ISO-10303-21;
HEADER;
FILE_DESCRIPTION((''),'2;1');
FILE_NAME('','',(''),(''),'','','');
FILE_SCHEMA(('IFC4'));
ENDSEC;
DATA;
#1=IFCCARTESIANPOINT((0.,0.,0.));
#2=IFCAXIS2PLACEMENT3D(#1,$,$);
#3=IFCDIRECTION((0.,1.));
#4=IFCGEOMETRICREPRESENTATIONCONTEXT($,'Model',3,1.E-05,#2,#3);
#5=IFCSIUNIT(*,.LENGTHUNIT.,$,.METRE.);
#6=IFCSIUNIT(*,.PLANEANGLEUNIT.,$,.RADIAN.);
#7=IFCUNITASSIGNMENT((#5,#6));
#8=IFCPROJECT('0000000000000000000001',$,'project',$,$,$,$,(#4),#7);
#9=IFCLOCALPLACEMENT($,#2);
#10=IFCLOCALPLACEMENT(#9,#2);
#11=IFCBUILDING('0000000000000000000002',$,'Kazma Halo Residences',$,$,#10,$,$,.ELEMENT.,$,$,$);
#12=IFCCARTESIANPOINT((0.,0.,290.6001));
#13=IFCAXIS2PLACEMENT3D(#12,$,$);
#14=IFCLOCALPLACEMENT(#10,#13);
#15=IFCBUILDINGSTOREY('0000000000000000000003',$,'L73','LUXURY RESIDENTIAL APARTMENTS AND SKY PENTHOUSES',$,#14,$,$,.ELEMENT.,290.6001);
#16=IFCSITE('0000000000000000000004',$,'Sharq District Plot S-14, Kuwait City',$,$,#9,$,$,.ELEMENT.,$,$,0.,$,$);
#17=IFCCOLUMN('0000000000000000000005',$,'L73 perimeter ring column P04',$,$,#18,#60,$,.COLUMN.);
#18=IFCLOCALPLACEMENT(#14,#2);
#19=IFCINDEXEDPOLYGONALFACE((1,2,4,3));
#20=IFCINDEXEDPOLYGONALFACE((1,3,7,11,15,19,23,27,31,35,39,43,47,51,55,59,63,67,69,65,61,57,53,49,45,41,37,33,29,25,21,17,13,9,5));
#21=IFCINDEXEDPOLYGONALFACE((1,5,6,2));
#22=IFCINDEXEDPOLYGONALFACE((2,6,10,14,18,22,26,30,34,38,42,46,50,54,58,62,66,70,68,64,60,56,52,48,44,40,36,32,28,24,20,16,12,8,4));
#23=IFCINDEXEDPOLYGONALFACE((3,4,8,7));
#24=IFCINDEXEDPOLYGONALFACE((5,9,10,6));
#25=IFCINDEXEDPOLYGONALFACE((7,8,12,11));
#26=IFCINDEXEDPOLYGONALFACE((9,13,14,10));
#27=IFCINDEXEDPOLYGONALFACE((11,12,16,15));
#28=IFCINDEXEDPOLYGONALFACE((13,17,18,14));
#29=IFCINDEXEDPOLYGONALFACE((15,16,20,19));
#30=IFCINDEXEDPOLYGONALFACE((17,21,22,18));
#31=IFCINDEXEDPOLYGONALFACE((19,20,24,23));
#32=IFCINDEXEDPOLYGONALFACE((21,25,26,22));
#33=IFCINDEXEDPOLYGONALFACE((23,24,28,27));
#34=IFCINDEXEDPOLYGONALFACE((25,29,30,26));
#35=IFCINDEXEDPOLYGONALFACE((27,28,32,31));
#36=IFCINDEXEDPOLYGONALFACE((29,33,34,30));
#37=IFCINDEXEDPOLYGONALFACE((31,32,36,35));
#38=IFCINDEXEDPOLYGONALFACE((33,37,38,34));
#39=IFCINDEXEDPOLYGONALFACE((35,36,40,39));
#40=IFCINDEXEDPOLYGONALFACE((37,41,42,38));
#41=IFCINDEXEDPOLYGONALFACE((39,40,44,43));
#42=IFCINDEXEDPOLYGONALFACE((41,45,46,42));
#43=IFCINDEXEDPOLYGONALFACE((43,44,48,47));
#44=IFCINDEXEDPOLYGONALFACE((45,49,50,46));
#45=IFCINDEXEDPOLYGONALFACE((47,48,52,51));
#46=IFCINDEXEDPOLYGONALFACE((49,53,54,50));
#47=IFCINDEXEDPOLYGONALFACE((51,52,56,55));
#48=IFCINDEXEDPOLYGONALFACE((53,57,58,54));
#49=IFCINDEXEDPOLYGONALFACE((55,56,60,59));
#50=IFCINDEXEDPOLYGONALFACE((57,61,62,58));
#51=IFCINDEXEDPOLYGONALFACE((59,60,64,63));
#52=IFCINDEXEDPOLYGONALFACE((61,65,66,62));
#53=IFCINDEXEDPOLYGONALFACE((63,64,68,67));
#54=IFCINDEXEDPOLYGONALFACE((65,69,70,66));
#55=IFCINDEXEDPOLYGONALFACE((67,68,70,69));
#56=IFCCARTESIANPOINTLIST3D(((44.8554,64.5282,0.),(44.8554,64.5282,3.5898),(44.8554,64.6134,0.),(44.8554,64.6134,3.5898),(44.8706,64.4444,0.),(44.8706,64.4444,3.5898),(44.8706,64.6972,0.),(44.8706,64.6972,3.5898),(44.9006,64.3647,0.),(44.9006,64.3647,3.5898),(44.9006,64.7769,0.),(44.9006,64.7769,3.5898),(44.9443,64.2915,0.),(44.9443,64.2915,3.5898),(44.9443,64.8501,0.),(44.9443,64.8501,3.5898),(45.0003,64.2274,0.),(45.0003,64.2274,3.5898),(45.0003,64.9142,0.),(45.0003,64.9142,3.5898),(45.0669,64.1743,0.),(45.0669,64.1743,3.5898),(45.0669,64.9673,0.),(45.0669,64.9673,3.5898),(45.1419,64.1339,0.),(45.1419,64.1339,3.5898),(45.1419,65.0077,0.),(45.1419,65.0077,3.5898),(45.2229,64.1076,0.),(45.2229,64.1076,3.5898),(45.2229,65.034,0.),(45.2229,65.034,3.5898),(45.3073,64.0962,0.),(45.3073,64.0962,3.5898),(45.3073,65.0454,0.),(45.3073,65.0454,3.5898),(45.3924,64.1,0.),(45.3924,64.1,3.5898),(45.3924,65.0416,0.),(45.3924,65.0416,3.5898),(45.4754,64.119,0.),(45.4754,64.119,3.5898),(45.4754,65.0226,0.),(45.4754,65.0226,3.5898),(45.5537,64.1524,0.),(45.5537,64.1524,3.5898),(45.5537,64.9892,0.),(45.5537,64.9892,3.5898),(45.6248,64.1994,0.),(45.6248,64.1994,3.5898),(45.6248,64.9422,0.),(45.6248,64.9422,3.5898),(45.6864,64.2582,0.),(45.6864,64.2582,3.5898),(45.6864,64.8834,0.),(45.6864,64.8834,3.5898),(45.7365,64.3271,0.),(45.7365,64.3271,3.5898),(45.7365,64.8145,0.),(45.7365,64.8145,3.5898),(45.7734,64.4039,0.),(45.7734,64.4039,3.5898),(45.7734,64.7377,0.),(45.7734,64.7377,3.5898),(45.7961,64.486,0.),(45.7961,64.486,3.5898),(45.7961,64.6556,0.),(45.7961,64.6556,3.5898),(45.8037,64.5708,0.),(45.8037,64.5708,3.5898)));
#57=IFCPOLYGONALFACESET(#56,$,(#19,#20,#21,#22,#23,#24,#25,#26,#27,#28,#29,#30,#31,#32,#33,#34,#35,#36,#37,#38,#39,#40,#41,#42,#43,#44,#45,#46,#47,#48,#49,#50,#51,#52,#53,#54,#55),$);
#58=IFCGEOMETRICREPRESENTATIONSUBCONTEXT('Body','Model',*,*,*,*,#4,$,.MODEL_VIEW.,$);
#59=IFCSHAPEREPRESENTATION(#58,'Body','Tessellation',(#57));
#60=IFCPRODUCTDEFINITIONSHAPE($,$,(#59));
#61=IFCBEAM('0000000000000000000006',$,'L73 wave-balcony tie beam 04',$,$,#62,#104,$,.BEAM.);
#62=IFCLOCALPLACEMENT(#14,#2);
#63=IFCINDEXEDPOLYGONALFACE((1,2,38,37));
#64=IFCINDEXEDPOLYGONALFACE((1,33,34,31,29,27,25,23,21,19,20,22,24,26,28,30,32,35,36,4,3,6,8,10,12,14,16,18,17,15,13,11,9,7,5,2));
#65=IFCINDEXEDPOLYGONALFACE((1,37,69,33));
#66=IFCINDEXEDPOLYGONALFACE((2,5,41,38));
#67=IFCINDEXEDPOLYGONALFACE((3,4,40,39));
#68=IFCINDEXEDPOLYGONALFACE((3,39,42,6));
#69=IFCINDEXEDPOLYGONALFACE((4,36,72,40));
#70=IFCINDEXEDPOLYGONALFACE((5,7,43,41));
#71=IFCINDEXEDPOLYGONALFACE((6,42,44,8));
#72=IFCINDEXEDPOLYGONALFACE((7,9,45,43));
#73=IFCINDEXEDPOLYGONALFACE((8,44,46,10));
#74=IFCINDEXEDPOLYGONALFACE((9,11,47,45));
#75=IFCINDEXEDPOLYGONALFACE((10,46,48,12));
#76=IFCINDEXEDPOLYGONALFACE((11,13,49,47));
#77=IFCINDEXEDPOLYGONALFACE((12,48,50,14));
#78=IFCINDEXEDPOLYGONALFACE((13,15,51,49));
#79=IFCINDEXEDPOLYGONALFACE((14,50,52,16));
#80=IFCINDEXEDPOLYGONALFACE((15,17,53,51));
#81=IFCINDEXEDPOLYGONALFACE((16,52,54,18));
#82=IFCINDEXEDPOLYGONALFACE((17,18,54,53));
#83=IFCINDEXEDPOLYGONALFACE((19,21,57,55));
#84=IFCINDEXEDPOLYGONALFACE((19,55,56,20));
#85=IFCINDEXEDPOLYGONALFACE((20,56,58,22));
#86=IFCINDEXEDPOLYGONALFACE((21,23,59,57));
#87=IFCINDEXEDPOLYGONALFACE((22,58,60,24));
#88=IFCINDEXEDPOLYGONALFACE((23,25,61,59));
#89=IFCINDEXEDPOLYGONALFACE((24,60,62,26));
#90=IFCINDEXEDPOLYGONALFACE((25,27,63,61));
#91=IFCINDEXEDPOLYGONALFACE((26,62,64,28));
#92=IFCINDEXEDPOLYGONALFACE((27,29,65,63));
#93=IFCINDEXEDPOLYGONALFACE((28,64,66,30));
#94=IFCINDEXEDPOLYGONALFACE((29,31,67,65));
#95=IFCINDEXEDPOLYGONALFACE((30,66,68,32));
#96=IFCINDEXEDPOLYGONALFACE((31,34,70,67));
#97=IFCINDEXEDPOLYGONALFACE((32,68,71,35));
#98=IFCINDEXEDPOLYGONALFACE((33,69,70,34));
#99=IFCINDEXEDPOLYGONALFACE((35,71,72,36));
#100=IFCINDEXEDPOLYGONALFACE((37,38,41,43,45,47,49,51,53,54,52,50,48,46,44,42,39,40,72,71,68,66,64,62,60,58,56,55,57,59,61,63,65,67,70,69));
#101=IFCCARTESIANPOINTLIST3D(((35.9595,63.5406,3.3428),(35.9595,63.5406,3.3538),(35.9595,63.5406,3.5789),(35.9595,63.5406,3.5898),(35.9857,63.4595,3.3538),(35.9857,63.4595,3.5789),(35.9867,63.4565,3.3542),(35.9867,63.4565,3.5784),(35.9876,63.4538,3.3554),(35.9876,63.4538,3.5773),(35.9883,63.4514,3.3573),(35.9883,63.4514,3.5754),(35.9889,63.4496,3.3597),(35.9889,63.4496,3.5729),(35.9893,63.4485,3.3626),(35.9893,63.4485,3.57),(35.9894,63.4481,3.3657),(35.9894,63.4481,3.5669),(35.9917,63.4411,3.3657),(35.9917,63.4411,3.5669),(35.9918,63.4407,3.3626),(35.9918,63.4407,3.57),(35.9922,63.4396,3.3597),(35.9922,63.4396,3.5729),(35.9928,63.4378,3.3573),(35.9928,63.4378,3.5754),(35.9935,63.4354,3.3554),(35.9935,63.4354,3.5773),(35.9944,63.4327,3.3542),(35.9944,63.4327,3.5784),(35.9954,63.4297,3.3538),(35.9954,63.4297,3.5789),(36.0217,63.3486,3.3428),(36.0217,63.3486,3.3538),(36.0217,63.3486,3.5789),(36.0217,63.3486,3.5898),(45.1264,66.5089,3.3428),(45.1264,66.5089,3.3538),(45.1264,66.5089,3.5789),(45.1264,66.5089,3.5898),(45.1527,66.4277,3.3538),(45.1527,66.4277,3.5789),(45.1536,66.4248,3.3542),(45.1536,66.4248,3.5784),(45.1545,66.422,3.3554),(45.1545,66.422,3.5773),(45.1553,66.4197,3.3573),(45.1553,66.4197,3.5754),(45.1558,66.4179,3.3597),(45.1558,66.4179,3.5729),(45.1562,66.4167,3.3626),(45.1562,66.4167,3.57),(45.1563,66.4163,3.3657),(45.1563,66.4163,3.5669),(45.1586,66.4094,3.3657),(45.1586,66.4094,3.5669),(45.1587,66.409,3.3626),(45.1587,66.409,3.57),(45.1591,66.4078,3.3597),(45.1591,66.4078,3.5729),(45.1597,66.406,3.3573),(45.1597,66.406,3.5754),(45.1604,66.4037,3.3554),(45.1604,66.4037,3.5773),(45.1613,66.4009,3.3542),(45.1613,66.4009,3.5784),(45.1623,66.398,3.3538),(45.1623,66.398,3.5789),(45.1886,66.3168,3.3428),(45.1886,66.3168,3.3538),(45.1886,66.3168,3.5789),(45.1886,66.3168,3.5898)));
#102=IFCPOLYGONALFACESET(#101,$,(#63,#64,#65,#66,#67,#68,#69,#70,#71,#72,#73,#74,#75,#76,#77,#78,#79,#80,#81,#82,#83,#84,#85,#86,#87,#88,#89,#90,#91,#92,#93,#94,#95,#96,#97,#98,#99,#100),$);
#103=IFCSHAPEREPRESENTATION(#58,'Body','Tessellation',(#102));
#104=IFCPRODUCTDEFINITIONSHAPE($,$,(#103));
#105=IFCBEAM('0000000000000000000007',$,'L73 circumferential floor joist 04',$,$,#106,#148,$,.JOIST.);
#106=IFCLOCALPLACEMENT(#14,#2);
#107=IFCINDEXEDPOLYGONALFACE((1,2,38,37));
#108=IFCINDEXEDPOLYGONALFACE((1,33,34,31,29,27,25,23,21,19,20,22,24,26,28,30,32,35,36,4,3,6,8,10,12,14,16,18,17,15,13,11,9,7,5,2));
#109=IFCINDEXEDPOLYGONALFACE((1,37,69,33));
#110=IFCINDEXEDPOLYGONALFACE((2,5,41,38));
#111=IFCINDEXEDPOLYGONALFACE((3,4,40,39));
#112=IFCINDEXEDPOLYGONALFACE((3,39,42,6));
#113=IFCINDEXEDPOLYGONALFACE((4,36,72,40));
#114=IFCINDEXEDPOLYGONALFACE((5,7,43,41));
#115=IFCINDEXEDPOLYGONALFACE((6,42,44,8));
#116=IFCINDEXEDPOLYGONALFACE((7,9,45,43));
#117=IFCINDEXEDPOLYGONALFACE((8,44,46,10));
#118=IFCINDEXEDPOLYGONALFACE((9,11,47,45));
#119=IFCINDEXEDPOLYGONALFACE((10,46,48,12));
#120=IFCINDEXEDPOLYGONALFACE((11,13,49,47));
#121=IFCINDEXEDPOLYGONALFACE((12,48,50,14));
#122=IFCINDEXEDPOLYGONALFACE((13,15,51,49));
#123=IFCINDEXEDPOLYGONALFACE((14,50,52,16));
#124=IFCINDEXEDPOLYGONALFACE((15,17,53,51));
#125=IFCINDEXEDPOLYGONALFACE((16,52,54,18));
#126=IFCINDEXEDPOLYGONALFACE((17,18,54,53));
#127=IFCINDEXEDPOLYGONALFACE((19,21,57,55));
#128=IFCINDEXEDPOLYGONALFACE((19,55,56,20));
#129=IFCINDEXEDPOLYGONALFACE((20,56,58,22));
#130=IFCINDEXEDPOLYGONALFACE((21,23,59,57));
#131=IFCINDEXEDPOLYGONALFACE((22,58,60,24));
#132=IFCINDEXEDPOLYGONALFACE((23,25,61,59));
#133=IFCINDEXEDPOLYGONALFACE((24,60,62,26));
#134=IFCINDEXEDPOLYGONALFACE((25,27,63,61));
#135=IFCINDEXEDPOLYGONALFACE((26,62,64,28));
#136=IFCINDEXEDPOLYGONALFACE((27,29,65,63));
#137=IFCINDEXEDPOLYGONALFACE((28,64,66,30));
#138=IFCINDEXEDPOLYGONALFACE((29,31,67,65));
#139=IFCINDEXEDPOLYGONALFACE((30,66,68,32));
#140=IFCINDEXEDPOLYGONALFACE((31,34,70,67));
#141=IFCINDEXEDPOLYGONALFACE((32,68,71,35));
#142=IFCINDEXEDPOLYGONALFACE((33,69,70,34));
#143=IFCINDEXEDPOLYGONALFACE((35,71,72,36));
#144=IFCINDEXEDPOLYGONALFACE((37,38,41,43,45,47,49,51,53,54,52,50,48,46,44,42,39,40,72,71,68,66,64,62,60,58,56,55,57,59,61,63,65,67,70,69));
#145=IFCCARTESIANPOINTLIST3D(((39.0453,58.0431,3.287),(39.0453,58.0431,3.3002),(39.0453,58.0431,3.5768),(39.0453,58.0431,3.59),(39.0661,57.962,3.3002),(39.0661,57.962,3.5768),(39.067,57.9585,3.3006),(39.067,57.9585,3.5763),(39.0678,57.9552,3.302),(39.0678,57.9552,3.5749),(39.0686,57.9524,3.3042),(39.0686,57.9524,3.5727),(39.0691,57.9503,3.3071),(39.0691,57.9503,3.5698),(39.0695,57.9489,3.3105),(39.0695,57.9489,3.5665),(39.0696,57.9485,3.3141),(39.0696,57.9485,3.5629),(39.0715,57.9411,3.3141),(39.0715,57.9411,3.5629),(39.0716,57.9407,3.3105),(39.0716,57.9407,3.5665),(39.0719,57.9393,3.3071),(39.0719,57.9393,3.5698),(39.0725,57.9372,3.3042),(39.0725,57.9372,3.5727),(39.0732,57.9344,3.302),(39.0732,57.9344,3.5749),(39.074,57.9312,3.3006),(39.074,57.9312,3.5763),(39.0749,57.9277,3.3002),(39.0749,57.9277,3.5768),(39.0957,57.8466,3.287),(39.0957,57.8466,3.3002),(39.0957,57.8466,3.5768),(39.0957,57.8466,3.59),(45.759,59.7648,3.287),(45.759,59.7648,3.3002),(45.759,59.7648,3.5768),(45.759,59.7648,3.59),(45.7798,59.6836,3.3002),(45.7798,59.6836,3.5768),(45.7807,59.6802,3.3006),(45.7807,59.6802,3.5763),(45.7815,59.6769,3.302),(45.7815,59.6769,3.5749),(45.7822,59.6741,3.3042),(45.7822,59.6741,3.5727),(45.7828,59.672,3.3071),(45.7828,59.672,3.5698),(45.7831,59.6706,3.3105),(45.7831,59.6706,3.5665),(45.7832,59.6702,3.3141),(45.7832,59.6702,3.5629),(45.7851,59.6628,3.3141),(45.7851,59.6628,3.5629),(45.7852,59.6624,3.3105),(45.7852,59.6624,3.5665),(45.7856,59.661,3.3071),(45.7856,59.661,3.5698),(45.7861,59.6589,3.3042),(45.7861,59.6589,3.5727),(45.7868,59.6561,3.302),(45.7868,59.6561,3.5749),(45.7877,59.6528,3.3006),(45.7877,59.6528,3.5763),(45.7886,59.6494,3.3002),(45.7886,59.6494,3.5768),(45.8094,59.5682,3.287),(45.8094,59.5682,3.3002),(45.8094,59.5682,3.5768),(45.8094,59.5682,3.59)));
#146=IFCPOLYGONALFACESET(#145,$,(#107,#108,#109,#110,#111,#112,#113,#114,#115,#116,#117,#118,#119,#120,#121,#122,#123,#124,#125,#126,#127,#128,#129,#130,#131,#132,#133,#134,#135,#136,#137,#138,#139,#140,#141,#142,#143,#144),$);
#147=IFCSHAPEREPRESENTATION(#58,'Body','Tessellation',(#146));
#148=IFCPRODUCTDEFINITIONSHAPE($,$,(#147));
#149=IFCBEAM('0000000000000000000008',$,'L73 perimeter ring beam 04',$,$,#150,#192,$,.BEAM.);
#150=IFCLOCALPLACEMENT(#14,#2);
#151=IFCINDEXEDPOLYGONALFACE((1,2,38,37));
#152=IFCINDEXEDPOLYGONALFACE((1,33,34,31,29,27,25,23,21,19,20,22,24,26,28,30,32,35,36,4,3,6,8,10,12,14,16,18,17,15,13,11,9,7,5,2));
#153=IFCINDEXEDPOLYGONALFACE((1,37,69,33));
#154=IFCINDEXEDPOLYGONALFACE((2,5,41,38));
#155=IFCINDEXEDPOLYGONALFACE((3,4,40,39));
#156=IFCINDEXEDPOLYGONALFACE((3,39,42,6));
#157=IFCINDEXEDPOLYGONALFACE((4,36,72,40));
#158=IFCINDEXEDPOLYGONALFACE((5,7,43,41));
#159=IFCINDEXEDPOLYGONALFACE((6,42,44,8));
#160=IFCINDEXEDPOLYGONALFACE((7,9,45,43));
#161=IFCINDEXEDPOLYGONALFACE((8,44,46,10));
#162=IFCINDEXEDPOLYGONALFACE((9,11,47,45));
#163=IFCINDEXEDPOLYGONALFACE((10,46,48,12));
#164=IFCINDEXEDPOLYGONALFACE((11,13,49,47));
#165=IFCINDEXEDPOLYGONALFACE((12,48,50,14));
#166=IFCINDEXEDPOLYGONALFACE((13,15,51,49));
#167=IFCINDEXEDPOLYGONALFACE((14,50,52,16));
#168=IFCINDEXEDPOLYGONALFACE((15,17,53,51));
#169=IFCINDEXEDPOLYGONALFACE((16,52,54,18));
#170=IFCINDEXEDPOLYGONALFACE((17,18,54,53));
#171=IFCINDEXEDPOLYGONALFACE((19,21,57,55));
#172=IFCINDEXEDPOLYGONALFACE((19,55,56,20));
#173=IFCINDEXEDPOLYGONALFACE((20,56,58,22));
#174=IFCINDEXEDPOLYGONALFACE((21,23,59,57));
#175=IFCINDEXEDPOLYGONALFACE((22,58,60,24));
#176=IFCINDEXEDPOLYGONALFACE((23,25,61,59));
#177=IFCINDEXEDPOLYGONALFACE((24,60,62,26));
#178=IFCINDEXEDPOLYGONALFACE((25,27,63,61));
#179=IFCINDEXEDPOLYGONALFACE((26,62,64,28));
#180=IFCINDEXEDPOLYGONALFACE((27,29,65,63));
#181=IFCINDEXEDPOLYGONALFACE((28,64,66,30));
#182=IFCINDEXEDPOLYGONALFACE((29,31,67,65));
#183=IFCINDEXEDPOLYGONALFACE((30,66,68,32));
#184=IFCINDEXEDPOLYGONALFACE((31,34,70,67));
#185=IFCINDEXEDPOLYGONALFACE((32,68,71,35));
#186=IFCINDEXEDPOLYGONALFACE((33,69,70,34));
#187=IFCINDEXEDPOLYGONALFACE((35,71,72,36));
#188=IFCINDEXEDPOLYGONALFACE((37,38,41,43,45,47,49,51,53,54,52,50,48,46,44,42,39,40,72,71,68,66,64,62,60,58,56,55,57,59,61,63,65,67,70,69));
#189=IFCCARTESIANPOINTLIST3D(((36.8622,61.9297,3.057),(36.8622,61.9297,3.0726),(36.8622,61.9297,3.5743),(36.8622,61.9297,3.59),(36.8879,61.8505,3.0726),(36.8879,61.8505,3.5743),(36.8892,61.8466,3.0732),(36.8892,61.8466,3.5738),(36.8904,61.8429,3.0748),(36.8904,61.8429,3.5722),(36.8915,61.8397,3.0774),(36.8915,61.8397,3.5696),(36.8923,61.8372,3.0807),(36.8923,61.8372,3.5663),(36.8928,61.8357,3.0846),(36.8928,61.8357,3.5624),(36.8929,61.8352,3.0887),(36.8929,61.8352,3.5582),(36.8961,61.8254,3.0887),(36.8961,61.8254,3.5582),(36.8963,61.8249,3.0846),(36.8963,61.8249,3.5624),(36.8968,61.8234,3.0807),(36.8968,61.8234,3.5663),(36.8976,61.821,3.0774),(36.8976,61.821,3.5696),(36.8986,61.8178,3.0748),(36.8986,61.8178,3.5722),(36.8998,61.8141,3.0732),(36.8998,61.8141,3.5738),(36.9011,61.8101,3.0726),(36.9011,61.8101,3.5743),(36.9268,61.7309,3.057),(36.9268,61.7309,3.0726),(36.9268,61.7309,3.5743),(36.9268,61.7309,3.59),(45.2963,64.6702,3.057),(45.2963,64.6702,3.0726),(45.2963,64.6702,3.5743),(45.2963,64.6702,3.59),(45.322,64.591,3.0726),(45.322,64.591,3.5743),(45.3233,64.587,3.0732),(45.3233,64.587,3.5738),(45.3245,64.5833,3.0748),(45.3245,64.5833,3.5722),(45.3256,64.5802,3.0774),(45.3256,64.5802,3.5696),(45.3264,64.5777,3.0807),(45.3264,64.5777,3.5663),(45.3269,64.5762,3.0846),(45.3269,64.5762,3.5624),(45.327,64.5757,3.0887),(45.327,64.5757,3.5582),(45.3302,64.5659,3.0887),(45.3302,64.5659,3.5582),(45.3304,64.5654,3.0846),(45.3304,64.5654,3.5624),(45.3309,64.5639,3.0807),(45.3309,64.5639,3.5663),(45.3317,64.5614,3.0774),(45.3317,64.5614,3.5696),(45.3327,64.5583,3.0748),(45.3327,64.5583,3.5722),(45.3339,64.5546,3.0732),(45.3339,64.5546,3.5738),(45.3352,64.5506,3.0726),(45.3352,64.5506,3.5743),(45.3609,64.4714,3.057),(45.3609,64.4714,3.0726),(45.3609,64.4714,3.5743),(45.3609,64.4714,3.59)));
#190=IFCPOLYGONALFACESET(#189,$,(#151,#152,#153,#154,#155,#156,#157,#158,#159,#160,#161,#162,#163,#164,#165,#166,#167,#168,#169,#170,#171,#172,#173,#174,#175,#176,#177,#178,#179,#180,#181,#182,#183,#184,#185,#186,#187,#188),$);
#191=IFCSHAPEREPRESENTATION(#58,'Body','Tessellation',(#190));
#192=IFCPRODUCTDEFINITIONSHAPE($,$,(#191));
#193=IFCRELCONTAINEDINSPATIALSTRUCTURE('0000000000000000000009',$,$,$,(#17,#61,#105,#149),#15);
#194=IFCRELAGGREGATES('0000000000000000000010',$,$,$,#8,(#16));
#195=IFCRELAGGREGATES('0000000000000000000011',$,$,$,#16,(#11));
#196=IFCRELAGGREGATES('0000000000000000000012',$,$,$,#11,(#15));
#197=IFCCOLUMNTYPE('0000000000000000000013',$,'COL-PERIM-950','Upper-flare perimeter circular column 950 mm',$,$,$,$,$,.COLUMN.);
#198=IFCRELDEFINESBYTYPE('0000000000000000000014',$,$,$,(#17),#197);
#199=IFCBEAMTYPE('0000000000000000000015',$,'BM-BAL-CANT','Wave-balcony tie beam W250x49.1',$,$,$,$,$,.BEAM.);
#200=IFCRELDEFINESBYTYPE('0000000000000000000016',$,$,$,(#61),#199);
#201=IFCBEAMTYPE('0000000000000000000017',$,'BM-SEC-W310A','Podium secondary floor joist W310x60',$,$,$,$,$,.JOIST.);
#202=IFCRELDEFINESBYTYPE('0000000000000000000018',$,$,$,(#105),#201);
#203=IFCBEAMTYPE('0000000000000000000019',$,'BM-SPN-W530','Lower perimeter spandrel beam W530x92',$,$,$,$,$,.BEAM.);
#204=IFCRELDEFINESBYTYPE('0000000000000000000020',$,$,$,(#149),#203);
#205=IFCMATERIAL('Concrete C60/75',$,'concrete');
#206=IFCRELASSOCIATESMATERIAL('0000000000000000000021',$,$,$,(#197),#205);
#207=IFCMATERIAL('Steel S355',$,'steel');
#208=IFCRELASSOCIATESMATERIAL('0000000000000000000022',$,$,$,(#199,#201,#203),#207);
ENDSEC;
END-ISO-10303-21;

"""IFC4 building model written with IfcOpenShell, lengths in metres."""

from ifc_helpers import new_model, si_unit, direction, frame, origin, origin_2d, place, context, subcontext, project, spatial, circle, i_section, extrude, material, material_profile, profile_set, type_object, element, save


model = new_model("IFC4")

# Units and contexts
model_context = context("Model", 3, precision=1e-05, world=origin(), true_north=direction((0.0, 1.0)))
body_context = subcontext(model_context, "Body", "Model", "MODEL_VIEW")
ifc_project = project(units=[si_unit("LENGTHUNIT", "METRE"), si_unit("PLANEANGLEUNIT", "RADIAN")], contexts=[model_context])

# Site, building, storey
site_placement = place(None, origin())
site = spatial("IfcSite", under=ifc_project, at=site_placement, Name="Sharq District Plot S-14, Kuwait City", CompositionType="ELEMENT", RefElevation=0.0)
building_placement = place(site_placement, origin())
building = spatial("IfcBuilding", under=site, at=building_placement, Name="Kazma Halo Residences", CompositionType="ELEMENT")
storey_placement = place(building_placement, frame((0.0, 0.0, 290.6001)))
storey = spatial("IfcBuildingStorey", under=building, at=storey_placement, Name="L73", Description="LUXURY RESIDENTIAL APARTMENTS AND SKY PENTHOUSES", CompositionType="ELEMENT", Elevation=290.6001)

# Column
ifc_material_1 = material(Name="Concrete C60/75", Category="concrete")
ifc_material_profile_1 = material_profile(ifc_material_1, circle(Radius=0.4751, at=origin_2d()), Name="CIRC950")
ifc_profile_set_1 = profile_set([ifc_material_profile_1], Name="Concrete C60/75")
column_type = type_object("IfcColumnType", Name="COL-PERIM-950", Description="Upper-flare perimeter circular column 950 mm", PredefinedType="COLUMN", material=ifc_profile_set_1)
column_placement = place(storey_placement, frame((45.3286, 64.5708, 0.0), z_axis=(0.0, 0.0, 1.0), x_axis=(1.0, 0.0, 0.0)))
element("IfcColumn", 1, at=column_placement, inside=storey, type_object=column_type, Name="L73 perimeter ring column P04", PredefinedType="COLUMN", context=body_context, shape_type="SweptSolid", body=[
    extrude(circle(Radius=0.4751, at=origin_2d()), origin(), (0.0, 0.0, 1.0), 3.5898),
])

# Beams
ifc_material_2 = material(Name="Steel S355", Category="steel")
ifc_material_profile_2 = material_profile(ifc_material_2, i_section(OverallWidth=0.2019, OverallDepth=0.2471, WebThickness=0.0073, FlangeThickness=0.011, FilletRadius=0.012, at=origin_2d()), Name="W250x49.1")
ifc_profile_set_2 = profile_set([ifc_material_profile_2], Name="Steel S355")
beam_type_1 = type_object("IfcBeamType", Name="BM-BAL-CANT", Description="Wave-balcony tie beam W250x49.1", PredefinedType="BEAM", material=ifc_profile_set_2)
beam_1_placement = place(storey_placement, frame((45.1575, 66.4128, 3.4663), z_axis=(-0.951369, -0.308052, 0.0), x_axis=(0.308052, -0.951369, 0.0)))
element("IfcBeam", 2, at=beam_1_placement, inside=storey, type_object=beam_type_1, Name="L73 wave-balcony tie beam 04", PredefinedType="BEAM", context=body_context, shape_type="SweptSolid", body=[
    extrude(i_section(OverallWidth=0.2019, OverallDepth=0.2471, WebThickness=0.0073, FlangeThickness=0.011, FilletRadius=0.012, at=origin_2d()), origin(), (0.0, 0.0, 1.0), 9.6355),
])
ifc_material_profile_3 = material_profile(ifc_material_2, i_section(OverallWidth=0.2029, OverallDepth=0.303, WebThickness=0.0076, FlangeThickness=0.0132, FilletRadius=0.0139, at=origin_2d()), Name="W310x60")
ifc_profile_set_3 = profile_set([ifc_material_profile_3], Name="Steel S355")
beam_type_2 = type_object("IfcBeamType", Name="BM-SEC-W310A", Description="Podium secondary floor joist W310x60", PredefinedType="JOIST", material=ifc_profile_set_3)
beam_2_placement = place(storey_placement, frame((45.7842, 59.6665, 3.4385), z_axis=(-0.968656, -0.248408, 0.0), x_axis=(0.248408, -0.968656, 0.0)))
element("IfcBeam", 3, at=beam_2_placement, inside=storey, type_object=beam_type_2, Name="L73 circumferential floor joist 04", PredefinedType="JOIST", context=body_context, shape_type="SweptSolid", body=[
    extrude(i_section(OverallWidth=0.2029, OverallDepth=0.303, WebThickness=0.0076, FlangeThickness=0.0132, FilletRadius=0.0139, at=origin_2d()), origin(), (0.0, 0.0, 1.0), 6.9309),
])
ifc_material_profile_4 = material_profile(ifc_material_2, i_section(OverallWidth=0.209, OverallDepth=0.533, WebThickness=0.0103, FlangeThickness=0.0156, FilletRadius=0.0161, at=origin_2d()), Name="W530x92")
ifc_profile_set_4 = profile_set([ifc_material_profile_4], Name="Steel S355")
beam_type_3 = type_object("IfcBeamType", Name="BM-SPN-W530", Description="Lower perimeter spandrel beam W530x92", PredefinedType="BEAM", material=ifc_profile_set_4)
beam_3_placement = place(storey_placement, frame((45.3286, 64.5708, 3.3235), z_axis=(-0.951054, -0.309025, 0.0), x_axis=(0.309025, -0.951054, 0.0)))
element("IfcBeam", 4, at=beam_3_placement, inside=storey, type_object=beam_type_3, Name="L73 perimeter ring beam 04", PredefinedType="BEAM", context=body_context, shape_type="SweptSolid", body=[
    extrude(i_section(OverallWidth=0.209, OverallDepth=0.533, WebThickness=0.0103, FlangeThickness=0.0156, FilletRadius=0.0161, at=origin_2d()), origin(), (0.0, 0.0, 1.0), 8.8682),
])

save(model, "model.ifc")
